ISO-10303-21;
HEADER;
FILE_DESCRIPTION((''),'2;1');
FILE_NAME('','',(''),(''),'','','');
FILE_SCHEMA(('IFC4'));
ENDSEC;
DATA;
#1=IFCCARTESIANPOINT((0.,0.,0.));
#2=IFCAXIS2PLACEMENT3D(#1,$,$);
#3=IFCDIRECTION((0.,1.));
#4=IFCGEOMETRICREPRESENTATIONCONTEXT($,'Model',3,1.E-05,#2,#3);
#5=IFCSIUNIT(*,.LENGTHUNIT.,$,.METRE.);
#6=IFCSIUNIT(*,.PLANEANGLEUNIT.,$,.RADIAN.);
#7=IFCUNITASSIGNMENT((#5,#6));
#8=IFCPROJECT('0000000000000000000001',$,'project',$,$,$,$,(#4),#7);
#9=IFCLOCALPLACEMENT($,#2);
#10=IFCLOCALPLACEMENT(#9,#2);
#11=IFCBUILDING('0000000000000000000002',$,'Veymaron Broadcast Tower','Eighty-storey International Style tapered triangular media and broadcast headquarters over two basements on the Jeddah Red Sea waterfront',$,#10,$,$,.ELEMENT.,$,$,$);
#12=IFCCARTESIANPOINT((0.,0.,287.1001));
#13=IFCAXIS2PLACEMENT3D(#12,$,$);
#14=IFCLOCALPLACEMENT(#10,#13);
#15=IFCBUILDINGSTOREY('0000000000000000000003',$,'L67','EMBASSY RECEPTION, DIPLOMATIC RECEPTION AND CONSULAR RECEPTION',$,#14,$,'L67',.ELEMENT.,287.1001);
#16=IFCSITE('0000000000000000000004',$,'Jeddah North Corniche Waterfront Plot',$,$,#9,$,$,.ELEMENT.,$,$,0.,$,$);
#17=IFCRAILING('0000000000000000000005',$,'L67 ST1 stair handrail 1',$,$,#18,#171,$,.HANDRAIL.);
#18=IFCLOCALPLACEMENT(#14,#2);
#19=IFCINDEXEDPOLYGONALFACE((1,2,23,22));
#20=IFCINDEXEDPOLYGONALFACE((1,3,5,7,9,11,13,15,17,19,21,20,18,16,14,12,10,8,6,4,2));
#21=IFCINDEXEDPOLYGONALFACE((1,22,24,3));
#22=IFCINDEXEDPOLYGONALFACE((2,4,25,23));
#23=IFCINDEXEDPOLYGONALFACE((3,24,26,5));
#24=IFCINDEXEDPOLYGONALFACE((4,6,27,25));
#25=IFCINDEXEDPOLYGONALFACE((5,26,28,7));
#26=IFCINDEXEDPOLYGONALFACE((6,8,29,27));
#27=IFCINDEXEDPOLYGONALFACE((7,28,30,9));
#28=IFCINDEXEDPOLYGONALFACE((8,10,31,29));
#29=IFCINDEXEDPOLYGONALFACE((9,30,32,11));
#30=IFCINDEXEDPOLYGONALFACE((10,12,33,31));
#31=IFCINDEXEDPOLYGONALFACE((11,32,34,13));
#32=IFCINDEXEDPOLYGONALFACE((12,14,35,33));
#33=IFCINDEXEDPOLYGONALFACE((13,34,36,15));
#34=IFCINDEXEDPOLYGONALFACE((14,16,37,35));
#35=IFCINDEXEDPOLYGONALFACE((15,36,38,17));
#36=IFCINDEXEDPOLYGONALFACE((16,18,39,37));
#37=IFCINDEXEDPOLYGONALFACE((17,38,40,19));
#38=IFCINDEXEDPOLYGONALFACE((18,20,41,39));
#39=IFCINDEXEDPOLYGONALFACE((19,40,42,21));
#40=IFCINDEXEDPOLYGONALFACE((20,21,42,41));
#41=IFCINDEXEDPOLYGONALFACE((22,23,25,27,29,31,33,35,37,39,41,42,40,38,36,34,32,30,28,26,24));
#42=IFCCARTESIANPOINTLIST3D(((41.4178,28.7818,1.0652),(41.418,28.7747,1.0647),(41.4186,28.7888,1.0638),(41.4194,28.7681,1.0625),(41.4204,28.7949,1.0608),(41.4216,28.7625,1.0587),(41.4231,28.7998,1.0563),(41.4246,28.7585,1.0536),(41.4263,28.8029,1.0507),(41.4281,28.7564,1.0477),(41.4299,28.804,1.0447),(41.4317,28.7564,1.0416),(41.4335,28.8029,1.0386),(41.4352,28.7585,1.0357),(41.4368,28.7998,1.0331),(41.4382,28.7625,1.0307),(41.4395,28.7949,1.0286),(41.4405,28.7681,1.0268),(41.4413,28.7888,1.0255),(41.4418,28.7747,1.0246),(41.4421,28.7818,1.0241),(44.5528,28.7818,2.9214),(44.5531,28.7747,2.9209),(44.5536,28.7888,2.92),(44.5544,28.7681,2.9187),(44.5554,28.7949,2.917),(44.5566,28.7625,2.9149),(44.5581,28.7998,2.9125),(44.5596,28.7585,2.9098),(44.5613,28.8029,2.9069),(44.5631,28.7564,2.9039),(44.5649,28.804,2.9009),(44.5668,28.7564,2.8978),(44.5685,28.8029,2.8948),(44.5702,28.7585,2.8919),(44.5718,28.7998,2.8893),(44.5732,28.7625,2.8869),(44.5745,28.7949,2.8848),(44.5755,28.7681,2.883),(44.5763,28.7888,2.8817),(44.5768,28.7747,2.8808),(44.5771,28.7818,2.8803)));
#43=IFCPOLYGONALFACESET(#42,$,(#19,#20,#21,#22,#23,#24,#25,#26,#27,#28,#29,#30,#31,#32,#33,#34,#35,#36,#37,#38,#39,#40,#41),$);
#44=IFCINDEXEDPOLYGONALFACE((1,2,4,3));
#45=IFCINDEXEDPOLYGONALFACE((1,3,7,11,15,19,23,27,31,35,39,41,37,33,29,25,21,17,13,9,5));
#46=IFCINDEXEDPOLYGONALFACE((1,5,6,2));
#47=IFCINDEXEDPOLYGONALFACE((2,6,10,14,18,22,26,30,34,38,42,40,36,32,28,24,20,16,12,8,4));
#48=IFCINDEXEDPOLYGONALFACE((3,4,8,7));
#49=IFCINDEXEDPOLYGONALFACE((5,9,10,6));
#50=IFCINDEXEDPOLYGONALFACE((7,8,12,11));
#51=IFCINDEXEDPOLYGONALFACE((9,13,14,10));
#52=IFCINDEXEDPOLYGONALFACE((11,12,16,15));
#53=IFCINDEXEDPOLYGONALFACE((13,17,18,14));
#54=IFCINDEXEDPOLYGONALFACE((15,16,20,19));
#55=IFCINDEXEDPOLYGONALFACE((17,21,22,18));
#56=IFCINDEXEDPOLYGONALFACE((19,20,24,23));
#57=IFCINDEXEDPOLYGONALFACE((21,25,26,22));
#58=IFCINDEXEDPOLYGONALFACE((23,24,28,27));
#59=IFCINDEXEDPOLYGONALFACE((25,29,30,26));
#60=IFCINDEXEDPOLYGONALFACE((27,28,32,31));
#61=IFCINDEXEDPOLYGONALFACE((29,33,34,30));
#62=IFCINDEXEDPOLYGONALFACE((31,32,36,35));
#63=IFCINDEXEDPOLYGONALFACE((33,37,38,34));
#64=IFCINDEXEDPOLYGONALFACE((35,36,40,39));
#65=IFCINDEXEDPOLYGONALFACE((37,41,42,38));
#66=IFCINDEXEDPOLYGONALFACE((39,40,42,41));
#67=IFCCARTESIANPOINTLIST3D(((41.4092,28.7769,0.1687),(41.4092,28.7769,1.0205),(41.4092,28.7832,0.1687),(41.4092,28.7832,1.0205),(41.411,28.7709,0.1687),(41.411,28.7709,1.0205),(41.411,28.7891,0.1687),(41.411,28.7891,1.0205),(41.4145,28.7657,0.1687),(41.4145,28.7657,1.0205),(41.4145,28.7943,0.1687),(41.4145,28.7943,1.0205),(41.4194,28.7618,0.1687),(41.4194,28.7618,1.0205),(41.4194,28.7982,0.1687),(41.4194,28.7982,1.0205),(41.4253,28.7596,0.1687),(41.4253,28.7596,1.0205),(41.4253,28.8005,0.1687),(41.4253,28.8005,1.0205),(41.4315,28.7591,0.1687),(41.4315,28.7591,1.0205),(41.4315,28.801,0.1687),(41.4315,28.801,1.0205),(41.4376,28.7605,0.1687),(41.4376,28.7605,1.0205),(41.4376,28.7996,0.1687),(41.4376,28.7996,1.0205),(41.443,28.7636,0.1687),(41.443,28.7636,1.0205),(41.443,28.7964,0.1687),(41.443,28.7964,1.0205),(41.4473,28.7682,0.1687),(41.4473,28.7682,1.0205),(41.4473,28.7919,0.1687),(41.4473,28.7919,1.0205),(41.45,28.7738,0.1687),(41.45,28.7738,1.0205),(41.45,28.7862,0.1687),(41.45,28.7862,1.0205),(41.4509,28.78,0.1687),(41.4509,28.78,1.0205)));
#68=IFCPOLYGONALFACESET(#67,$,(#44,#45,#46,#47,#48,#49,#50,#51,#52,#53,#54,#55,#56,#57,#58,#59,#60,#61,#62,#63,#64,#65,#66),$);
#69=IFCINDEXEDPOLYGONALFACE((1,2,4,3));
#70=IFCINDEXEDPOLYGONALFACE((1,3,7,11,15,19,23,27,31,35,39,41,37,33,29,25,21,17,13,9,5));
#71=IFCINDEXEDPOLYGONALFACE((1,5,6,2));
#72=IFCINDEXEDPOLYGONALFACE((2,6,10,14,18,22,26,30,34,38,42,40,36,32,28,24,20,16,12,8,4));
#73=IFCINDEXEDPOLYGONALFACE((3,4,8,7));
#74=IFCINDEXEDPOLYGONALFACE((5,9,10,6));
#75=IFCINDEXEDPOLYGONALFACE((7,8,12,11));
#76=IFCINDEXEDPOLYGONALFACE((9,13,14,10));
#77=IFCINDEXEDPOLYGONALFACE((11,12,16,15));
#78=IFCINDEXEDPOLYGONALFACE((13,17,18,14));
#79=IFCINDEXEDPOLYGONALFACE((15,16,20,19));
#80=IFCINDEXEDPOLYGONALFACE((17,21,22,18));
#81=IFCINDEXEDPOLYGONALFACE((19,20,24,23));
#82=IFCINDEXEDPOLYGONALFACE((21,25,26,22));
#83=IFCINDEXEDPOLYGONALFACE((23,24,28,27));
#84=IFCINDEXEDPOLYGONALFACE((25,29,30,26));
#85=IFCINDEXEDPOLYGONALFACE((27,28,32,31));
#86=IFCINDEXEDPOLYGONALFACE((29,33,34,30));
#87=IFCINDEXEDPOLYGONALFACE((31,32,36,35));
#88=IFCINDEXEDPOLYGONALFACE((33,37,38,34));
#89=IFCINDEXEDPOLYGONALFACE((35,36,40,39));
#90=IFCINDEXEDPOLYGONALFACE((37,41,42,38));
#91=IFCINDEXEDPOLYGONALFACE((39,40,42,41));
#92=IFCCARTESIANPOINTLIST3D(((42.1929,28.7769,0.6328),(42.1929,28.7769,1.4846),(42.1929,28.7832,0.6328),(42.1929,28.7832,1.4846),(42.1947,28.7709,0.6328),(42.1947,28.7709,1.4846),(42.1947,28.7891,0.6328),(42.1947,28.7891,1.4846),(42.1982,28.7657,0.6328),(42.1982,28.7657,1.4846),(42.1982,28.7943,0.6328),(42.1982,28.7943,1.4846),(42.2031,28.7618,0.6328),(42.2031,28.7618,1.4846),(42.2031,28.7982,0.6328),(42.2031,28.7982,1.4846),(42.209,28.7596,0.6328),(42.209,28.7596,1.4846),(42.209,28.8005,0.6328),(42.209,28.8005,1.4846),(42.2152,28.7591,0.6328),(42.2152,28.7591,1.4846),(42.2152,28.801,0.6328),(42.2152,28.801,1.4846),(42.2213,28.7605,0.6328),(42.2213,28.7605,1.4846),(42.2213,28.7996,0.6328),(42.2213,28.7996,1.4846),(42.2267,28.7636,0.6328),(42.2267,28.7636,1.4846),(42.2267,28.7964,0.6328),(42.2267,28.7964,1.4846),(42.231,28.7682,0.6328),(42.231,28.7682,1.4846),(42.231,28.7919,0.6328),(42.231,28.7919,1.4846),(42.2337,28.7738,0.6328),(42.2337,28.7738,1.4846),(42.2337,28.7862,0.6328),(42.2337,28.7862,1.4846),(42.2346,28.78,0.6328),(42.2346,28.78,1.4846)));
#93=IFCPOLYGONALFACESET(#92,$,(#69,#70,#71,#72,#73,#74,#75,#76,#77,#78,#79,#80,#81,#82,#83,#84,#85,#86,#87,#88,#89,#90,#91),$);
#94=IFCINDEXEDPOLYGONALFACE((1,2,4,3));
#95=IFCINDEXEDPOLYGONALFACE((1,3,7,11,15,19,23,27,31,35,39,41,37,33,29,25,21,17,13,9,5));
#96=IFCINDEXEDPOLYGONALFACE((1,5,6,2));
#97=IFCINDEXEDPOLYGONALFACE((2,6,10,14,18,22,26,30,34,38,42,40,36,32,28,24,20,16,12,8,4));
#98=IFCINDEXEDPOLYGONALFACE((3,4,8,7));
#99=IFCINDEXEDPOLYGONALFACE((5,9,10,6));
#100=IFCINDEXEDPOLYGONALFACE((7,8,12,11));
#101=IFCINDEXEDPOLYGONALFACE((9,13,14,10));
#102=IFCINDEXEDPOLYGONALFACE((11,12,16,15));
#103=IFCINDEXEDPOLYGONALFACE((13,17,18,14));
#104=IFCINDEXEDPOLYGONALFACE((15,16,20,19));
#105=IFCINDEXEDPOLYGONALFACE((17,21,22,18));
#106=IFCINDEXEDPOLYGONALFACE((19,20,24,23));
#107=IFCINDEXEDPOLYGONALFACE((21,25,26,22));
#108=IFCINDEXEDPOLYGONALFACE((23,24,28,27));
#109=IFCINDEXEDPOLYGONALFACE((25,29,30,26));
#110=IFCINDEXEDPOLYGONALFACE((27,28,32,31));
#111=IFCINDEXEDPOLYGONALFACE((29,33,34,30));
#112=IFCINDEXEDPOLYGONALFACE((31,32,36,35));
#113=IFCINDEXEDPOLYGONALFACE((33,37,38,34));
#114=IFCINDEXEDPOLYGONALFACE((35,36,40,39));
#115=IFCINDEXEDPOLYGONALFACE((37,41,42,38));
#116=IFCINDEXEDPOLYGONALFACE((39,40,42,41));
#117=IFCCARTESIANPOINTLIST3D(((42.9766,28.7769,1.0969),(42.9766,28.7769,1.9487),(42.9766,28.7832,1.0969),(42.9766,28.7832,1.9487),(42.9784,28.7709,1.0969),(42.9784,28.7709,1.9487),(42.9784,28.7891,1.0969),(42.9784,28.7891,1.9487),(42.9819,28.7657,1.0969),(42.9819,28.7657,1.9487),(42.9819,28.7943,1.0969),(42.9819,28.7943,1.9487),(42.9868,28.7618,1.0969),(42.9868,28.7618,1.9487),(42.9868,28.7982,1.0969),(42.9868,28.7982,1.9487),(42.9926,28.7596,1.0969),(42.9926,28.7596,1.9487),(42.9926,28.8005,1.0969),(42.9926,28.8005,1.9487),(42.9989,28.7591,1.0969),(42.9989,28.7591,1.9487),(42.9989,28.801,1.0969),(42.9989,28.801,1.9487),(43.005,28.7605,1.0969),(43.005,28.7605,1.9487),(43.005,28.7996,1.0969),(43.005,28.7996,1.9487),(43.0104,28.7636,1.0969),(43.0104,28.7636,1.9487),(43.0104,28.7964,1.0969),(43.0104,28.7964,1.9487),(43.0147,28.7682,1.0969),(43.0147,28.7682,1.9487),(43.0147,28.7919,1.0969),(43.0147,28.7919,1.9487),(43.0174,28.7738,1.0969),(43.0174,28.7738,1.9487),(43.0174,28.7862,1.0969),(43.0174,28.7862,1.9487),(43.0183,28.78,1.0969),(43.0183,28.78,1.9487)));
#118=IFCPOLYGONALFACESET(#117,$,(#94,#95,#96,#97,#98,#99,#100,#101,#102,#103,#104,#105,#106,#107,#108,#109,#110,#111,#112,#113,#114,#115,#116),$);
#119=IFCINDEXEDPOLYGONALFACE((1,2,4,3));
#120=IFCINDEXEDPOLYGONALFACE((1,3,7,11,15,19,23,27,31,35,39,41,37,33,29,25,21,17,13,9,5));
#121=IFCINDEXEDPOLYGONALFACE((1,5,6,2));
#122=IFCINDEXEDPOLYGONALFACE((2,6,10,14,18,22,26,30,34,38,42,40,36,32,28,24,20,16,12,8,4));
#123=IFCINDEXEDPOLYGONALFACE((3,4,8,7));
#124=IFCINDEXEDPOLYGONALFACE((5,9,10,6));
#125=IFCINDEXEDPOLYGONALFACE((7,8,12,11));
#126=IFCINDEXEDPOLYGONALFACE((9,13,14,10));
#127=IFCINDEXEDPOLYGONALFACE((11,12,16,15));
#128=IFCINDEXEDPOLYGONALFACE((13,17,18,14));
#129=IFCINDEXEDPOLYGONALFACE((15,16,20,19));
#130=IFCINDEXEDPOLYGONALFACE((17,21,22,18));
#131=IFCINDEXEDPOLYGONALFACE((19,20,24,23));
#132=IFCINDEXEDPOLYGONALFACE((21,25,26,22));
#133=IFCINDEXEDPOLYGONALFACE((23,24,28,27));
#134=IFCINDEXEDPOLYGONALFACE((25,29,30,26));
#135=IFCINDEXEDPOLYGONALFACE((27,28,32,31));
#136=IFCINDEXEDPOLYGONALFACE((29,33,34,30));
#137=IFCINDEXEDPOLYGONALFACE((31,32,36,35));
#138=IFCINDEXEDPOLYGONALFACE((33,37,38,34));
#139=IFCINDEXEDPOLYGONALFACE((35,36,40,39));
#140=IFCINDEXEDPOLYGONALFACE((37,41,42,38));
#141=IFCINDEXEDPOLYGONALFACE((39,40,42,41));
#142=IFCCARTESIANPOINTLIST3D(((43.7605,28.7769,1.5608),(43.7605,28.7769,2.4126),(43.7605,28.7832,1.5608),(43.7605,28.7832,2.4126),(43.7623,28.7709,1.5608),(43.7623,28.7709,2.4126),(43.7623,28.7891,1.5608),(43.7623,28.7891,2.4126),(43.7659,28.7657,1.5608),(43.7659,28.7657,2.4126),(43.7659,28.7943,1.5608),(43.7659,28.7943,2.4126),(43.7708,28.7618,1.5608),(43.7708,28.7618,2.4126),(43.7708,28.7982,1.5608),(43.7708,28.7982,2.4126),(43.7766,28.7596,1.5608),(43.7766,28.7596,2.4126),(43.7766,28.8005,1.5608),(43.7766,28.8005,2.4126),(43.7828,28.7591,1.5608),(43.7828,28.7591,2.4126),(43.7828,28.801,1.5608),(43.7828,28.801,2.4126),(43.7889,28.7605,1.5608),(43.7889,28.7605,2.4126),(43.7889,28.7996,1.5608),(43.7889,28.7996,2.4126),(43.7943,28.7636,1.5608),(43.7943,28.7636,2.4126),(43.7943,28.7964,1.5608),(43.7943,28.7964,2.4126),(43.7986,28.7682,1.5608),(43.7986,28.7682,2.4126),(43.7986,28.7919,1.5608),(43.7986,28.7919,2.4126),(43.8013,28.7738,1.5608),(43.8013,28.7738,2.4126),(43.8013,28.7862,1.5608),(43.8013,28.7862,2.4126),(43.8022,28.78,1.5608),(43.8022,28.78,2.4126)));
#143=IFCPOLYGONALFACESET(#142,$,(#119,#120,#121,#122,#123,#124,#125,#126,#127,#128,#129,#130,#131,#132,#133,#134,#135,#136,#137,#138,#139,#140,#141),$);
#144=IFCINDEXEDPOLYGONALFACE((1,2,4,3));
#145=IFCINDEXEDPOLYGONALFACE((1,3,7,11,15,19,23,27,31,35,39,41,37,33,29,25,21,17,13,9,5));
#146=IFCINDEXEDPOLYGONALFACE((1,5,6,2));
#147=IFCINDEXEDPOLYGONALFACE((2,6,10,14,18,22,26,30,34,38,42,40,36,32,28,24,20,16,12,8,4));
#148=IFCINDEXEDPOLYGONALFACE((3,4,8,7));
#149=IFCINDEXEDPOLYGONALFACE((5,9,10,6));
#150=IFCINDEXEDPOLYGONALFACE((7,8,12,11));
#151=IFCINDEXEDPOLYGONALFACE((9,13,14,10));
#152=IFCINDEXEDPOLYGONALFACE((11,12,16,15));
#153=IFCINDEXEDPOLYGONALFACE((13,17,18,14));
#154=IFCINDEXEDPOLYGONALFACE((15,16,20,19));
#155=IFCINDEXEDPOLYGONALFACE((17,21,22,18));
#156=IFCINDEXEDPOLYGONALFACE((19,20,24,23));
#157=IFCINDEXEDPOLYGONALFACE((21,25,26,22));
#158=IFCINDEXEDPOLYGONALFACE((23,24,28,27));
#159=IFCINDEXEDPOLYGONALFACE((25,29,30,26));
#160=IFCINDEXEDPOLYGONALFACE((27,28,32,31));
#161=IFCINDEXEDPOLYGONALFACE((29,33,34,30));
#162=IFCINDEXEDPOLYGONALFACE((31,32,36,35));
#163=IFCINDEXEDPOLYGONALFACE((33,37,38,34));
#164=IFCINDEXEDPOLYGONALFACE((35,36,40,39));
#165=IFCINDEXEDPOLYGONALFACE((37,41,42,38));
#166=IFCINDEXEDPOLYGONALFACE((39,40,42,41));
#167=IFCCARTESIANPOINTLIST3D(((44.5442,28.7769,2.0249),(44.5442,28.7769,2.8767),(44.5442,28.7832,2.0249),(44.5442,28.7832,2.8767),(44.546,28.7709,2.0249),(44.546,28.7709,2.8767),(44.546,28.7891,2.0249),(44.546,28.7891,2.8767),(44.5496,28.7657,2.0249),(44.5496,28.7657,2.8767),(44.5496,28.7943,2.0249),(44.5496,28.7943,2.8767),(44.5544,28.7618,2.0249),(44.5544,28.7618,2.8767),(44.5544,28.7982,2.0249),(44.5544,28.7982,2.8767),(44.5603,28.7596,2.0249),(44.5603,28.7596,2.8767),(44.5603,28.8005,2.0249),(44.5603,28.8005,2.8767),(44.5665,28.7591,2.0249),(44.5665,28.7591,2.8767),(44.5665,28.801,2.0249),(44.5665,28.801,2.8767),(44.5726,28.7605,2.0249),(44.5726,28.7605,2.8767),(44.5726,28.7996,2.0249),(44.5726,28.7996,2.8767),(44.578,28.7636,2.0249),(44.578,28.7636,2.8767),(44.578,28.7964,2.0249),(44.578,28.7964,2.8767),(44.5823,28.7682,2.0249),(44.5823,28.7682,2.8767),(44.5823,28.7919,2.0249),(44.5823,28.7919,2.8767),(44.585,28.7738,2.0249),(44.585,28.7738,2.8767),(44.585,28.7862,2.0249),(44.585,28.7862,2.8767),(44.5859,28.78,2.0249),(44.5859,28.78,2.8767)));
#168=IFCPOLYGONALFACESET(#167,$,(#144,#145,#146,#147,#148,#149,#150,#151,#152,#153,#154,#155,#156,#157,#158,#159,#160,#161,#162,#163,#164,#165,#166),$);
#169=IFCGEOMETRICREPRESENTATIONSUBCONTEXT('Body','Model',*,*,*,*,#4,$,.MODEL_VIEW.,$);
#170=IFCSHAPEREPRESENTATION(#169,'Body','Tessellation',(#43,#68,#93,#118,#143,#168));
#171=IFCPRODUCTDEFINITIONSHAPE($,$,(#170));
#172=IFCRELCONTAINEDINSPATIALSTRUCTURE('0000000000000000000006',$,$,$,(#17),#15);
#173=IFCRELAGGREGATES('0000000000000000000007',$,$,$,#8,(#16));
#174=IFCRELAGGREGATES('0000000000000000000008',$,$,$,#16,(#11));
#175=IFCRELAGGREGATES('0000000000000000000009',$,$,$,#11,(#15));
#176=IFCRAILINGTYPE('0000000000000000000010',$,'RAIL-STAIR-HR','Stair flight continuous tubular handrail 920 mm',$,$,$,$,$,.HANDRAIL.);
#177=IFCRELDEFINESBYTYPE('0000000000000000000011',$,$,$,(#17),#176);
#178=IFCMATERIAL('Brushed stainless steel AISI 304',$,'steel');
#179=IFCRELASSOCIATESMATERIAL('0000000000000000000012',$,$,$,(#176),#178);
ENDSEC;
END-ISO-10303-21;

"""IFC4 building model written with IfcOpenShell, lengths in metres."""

from ifc_helpers import new_model, si_unit, direction, frame, origin, origin_2d, place, context, subcontext, project, spatial, circle, extrude, material, type_object, element, save


model = new_model("IFC4")

# Units and contexts
model_context = context("Model", 3, precision=1e-05, world=origin(), true_north=direction((0.0, 1.0)))
body_context = subcontext(model_context, "Body", "Model", "MODEL_VIEW")
ifc_project = project(units=[si_unit("LENGTHUNIT", "METRE"), si_unit("PLANEANGLEUNIT", "RADIAN")], contexts=[model_context])

# Site, building, storey
site_placement = place(None, origin())
site = spatial("IfcSite", under=ifc_project, at=site_placement, Name="Jeddah North Corniche Waterfront Plot", CompositionType="ELEMENT", RefElevation=0.0)
building_placement = place(site_placement, origin())
building = spatial("IfcBuilding", under=site, at=building_placement, Name="Veymaron Broadcast Tower", Description="Eighty-storey International Style tapered triangular media and broadcast headquarters over two basements on the Jeddah Red Sea waterfront", CompositionType="ELEMENT")
storey_placement = place(building_placement, frame((0.0, 0.0, 287.1001)))
storey = spatial("IfcBuildingStorey", under=building, at=storey_placement, Name="L67", Description="EMBASSY RECEPTION, DIPLOMATIC RECEPTION AND CONSULAR RECEPTION", LongName="L67", CompositionType="ELEMENT", Elevation=287.1001)

# Railing
ifc_material_1 = material(Name="Brushed stainless steel AISI 304", Category="steel")
railing_type_1 = type_object("IfcRailingType", Name="RAIL-STAIR-HR", Description="Stair flight continuous tubular handrail 920 mm", PredefinedType="HANDRAIL", material=ifc_material_1)
railing_1_placement = place(storey_placement, frame((41.4299, 28.78, 0.1687)))
element("IfcRailing", 1, at=railing_1_placement, inside=storey, type_object=railing_type_1, Name="L67 ST1 stair handrail 1", PredefinedType="HANDRAIL", context=body_context, shape_type="SweptSolid", body=[
    extrude(circle(Radius=0.0239, at=origin_2d()), frame((0.0, 0.0, 0.876), z_axis=(0.860482, 0.0, 0.509481), x_axis=(0.0, 1.0, 0.0)), (0.0, 0.0, 1.0), 3.6433),
    extrude(circle(Radius=0.021, at=origin_2d()), origin(), (0.0, 0.0, 1.0), 0.8518),
    extrude(circle(Radius=0.021, at=origin_2d()), frame((0.7837, 0.0, 0.4641)), (0.0, 0.0, 1.0), 0.8518),
    extrude(circle(Radius=0.021, at=origin_2d()), frame((1.5674, 0.0, 0.9282)), (0.0, 0.0, 1.0), 0.8518),
    extrude(circle(Radius=0.021, at=origin_2d()), frame((2.3513, 0.0, 1.3921)), (0.0, 0.0, 1.0), 0.8518),
    extrude(circle(Radius=0.021, at=origin_2d()), frame((3.135, 0.0, 1.8562)), (0.0, 0.0, 1.0), 0.8518),
])

save(model, "model.ifc")
